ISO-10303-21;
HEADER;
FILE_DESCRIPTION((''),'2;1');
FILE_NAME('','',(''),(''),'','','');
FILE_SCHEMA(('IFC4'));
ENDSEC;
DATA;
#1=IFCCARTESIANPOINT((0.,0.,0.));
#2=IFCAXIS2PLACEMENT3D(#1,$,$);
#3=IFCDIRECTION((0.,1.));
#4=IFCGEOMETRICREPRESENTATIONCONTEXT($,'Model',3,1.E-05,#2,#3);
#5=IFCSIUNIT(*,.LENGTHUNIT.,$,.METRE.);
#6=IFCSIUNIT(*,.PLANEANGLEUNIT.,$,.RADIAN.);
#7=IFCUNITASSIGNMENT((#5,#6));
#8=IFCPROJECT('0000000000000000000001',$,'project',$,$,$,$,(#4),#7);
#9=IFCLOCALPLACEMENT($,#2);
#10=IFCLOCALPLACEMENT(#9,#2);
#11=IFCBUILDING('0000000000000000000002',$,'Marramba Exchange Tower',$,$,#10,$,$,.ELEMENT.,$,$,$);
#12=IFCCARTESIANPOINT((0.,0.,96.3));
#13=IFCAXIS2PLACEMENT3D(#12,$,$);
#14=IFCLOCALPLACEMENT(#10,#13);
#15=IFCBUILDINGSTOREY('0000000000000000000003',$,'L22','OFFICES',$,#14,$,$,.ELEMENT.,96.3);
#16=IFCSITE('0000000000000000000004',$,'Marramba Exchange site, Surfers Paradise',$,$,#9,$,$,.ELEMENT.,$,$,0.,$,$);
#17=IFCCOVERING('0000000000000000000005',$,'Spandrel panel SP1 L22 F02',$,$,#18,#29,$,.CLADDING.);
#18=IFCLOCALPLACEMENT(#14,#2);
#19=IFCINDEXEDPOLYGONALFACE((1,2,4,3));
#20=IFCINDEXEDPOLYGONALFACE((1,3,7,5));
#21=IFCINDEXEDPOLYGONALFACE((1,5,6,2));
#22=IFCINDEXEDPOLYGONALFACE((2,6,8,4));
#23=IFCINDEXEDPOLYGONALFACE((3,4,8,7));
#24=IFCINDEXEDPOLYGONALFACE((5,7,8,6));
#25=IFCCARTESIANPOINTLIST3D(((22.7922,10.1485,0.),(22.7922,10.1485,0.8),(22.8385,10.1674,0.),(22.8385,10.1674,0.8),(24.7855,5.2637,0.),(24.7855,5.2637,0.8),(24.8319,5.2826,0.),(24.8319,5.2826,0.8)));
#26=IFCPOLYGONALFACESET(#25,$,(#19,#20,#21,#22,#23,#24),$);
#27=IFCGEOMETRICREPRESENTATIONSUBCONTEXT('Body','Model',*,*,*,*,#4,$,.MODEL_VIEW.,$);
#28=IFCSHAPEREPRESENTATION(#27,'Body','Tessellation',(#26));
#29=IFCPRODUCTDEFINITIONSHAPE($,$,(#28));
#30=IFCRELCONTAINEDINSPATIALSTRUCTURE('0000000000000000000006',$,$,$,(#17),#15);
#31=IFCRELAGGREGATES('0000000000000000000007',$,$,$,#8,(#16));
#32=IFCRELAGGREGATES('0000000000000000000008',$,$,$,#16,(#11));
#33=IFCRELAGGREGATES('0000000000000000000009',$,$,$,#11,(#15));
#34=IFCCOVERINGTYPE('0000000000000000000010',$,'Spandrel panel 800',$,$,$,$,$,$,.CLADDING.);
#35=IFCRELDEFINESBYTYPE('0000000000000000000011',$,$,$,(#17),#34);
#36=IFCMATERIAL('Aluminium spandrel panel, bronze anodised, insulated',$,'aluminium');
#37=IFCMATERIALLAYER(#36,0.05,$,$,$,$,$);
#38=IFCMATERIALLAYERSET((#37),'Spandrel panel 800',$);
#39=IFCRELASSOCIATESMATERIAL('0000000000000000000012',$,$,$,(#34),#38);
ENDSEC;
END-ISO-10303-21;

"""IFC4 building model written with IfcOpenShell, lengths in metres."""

from ifc_helpers import new_model, si_unit, direction, frame, origin, origin_2d, place, context, subcontext, project, spatial, rectangle, extrude, material, layer, layer_set, type_object, element, save


model = new_model("IFC4")

# Units and contexts
model_context = context("Model", 3, precision=1e-05, world=origin(), true_north=direction((0.0, 1.0)))
body_context = subcontext(model_context, "Body", "Model", "MODEL_VIEW")
ifc_project = project(units=[si_unit("LENGTHUNIT", "METRE"), si_unit("PLANEANGLEUNIT", "RADIAN")], contexts=[model_context])

# Site, building, storey
site_placement = place(None, origin())
site = spatial("IfcSite", under=ifc_project, at=site_placement, Name="Marramba Exchange site, Surfers Paradise", CompositionType="ELEMENT", RefElevation=0.0)
building_placement = place(site_placement, origin())
building = spatial("IfcBuilding", under=site, at=building_placement, Name="Marramba Exchange Tower", CompositionType="ELEMENT")
storey_placement = place(building_placement, frame((0.0, 0.0, 96.3)))
storey = spatial("IfcBuildingStorey", under=building, at=storey_placement, Name="L22", Description="OFFICES", CompositionType="ELEMENT", Elevation=96.3)

# Covering
ifc_material_1 = material(Name="Aluminium spandrel panel, bronze anodised, insulated", Category="aluminium")
ifc_layer_1 = layer(ifc_material_1, 0.05)
ifc_layer_set_1 = layer_set([ifc_layer_1], Name="Spandrel panel 800")
covering_type = type_object("IfcCoveringType", Name="Spandrel panel 800", PredefinedType="CLADDING", material=ifc_layer_set_1)
covering_1_placement = place(storey_placement, frame((23.812, 7.7156, 0.0), z_axis=(0.0, 0.0, 1.0), x_axis=(-0.377821, 0.925879, 0.0)))
element("IfcCovering", 1, at=covering_1_placement, inside=storey, type_object=covering_type, Name="Spandrel panel SP1 L22 F02", PredefinedType="CLADDING", context=body_context, shape_type="SweptSolid", body=[
    extrude(rectangle(XDim=5.2759, YDim=0.05, at=origin_2d()), origin(), (0.0, 0.0, 1.0), 0.8),
])

save(model, "model.ifc")
